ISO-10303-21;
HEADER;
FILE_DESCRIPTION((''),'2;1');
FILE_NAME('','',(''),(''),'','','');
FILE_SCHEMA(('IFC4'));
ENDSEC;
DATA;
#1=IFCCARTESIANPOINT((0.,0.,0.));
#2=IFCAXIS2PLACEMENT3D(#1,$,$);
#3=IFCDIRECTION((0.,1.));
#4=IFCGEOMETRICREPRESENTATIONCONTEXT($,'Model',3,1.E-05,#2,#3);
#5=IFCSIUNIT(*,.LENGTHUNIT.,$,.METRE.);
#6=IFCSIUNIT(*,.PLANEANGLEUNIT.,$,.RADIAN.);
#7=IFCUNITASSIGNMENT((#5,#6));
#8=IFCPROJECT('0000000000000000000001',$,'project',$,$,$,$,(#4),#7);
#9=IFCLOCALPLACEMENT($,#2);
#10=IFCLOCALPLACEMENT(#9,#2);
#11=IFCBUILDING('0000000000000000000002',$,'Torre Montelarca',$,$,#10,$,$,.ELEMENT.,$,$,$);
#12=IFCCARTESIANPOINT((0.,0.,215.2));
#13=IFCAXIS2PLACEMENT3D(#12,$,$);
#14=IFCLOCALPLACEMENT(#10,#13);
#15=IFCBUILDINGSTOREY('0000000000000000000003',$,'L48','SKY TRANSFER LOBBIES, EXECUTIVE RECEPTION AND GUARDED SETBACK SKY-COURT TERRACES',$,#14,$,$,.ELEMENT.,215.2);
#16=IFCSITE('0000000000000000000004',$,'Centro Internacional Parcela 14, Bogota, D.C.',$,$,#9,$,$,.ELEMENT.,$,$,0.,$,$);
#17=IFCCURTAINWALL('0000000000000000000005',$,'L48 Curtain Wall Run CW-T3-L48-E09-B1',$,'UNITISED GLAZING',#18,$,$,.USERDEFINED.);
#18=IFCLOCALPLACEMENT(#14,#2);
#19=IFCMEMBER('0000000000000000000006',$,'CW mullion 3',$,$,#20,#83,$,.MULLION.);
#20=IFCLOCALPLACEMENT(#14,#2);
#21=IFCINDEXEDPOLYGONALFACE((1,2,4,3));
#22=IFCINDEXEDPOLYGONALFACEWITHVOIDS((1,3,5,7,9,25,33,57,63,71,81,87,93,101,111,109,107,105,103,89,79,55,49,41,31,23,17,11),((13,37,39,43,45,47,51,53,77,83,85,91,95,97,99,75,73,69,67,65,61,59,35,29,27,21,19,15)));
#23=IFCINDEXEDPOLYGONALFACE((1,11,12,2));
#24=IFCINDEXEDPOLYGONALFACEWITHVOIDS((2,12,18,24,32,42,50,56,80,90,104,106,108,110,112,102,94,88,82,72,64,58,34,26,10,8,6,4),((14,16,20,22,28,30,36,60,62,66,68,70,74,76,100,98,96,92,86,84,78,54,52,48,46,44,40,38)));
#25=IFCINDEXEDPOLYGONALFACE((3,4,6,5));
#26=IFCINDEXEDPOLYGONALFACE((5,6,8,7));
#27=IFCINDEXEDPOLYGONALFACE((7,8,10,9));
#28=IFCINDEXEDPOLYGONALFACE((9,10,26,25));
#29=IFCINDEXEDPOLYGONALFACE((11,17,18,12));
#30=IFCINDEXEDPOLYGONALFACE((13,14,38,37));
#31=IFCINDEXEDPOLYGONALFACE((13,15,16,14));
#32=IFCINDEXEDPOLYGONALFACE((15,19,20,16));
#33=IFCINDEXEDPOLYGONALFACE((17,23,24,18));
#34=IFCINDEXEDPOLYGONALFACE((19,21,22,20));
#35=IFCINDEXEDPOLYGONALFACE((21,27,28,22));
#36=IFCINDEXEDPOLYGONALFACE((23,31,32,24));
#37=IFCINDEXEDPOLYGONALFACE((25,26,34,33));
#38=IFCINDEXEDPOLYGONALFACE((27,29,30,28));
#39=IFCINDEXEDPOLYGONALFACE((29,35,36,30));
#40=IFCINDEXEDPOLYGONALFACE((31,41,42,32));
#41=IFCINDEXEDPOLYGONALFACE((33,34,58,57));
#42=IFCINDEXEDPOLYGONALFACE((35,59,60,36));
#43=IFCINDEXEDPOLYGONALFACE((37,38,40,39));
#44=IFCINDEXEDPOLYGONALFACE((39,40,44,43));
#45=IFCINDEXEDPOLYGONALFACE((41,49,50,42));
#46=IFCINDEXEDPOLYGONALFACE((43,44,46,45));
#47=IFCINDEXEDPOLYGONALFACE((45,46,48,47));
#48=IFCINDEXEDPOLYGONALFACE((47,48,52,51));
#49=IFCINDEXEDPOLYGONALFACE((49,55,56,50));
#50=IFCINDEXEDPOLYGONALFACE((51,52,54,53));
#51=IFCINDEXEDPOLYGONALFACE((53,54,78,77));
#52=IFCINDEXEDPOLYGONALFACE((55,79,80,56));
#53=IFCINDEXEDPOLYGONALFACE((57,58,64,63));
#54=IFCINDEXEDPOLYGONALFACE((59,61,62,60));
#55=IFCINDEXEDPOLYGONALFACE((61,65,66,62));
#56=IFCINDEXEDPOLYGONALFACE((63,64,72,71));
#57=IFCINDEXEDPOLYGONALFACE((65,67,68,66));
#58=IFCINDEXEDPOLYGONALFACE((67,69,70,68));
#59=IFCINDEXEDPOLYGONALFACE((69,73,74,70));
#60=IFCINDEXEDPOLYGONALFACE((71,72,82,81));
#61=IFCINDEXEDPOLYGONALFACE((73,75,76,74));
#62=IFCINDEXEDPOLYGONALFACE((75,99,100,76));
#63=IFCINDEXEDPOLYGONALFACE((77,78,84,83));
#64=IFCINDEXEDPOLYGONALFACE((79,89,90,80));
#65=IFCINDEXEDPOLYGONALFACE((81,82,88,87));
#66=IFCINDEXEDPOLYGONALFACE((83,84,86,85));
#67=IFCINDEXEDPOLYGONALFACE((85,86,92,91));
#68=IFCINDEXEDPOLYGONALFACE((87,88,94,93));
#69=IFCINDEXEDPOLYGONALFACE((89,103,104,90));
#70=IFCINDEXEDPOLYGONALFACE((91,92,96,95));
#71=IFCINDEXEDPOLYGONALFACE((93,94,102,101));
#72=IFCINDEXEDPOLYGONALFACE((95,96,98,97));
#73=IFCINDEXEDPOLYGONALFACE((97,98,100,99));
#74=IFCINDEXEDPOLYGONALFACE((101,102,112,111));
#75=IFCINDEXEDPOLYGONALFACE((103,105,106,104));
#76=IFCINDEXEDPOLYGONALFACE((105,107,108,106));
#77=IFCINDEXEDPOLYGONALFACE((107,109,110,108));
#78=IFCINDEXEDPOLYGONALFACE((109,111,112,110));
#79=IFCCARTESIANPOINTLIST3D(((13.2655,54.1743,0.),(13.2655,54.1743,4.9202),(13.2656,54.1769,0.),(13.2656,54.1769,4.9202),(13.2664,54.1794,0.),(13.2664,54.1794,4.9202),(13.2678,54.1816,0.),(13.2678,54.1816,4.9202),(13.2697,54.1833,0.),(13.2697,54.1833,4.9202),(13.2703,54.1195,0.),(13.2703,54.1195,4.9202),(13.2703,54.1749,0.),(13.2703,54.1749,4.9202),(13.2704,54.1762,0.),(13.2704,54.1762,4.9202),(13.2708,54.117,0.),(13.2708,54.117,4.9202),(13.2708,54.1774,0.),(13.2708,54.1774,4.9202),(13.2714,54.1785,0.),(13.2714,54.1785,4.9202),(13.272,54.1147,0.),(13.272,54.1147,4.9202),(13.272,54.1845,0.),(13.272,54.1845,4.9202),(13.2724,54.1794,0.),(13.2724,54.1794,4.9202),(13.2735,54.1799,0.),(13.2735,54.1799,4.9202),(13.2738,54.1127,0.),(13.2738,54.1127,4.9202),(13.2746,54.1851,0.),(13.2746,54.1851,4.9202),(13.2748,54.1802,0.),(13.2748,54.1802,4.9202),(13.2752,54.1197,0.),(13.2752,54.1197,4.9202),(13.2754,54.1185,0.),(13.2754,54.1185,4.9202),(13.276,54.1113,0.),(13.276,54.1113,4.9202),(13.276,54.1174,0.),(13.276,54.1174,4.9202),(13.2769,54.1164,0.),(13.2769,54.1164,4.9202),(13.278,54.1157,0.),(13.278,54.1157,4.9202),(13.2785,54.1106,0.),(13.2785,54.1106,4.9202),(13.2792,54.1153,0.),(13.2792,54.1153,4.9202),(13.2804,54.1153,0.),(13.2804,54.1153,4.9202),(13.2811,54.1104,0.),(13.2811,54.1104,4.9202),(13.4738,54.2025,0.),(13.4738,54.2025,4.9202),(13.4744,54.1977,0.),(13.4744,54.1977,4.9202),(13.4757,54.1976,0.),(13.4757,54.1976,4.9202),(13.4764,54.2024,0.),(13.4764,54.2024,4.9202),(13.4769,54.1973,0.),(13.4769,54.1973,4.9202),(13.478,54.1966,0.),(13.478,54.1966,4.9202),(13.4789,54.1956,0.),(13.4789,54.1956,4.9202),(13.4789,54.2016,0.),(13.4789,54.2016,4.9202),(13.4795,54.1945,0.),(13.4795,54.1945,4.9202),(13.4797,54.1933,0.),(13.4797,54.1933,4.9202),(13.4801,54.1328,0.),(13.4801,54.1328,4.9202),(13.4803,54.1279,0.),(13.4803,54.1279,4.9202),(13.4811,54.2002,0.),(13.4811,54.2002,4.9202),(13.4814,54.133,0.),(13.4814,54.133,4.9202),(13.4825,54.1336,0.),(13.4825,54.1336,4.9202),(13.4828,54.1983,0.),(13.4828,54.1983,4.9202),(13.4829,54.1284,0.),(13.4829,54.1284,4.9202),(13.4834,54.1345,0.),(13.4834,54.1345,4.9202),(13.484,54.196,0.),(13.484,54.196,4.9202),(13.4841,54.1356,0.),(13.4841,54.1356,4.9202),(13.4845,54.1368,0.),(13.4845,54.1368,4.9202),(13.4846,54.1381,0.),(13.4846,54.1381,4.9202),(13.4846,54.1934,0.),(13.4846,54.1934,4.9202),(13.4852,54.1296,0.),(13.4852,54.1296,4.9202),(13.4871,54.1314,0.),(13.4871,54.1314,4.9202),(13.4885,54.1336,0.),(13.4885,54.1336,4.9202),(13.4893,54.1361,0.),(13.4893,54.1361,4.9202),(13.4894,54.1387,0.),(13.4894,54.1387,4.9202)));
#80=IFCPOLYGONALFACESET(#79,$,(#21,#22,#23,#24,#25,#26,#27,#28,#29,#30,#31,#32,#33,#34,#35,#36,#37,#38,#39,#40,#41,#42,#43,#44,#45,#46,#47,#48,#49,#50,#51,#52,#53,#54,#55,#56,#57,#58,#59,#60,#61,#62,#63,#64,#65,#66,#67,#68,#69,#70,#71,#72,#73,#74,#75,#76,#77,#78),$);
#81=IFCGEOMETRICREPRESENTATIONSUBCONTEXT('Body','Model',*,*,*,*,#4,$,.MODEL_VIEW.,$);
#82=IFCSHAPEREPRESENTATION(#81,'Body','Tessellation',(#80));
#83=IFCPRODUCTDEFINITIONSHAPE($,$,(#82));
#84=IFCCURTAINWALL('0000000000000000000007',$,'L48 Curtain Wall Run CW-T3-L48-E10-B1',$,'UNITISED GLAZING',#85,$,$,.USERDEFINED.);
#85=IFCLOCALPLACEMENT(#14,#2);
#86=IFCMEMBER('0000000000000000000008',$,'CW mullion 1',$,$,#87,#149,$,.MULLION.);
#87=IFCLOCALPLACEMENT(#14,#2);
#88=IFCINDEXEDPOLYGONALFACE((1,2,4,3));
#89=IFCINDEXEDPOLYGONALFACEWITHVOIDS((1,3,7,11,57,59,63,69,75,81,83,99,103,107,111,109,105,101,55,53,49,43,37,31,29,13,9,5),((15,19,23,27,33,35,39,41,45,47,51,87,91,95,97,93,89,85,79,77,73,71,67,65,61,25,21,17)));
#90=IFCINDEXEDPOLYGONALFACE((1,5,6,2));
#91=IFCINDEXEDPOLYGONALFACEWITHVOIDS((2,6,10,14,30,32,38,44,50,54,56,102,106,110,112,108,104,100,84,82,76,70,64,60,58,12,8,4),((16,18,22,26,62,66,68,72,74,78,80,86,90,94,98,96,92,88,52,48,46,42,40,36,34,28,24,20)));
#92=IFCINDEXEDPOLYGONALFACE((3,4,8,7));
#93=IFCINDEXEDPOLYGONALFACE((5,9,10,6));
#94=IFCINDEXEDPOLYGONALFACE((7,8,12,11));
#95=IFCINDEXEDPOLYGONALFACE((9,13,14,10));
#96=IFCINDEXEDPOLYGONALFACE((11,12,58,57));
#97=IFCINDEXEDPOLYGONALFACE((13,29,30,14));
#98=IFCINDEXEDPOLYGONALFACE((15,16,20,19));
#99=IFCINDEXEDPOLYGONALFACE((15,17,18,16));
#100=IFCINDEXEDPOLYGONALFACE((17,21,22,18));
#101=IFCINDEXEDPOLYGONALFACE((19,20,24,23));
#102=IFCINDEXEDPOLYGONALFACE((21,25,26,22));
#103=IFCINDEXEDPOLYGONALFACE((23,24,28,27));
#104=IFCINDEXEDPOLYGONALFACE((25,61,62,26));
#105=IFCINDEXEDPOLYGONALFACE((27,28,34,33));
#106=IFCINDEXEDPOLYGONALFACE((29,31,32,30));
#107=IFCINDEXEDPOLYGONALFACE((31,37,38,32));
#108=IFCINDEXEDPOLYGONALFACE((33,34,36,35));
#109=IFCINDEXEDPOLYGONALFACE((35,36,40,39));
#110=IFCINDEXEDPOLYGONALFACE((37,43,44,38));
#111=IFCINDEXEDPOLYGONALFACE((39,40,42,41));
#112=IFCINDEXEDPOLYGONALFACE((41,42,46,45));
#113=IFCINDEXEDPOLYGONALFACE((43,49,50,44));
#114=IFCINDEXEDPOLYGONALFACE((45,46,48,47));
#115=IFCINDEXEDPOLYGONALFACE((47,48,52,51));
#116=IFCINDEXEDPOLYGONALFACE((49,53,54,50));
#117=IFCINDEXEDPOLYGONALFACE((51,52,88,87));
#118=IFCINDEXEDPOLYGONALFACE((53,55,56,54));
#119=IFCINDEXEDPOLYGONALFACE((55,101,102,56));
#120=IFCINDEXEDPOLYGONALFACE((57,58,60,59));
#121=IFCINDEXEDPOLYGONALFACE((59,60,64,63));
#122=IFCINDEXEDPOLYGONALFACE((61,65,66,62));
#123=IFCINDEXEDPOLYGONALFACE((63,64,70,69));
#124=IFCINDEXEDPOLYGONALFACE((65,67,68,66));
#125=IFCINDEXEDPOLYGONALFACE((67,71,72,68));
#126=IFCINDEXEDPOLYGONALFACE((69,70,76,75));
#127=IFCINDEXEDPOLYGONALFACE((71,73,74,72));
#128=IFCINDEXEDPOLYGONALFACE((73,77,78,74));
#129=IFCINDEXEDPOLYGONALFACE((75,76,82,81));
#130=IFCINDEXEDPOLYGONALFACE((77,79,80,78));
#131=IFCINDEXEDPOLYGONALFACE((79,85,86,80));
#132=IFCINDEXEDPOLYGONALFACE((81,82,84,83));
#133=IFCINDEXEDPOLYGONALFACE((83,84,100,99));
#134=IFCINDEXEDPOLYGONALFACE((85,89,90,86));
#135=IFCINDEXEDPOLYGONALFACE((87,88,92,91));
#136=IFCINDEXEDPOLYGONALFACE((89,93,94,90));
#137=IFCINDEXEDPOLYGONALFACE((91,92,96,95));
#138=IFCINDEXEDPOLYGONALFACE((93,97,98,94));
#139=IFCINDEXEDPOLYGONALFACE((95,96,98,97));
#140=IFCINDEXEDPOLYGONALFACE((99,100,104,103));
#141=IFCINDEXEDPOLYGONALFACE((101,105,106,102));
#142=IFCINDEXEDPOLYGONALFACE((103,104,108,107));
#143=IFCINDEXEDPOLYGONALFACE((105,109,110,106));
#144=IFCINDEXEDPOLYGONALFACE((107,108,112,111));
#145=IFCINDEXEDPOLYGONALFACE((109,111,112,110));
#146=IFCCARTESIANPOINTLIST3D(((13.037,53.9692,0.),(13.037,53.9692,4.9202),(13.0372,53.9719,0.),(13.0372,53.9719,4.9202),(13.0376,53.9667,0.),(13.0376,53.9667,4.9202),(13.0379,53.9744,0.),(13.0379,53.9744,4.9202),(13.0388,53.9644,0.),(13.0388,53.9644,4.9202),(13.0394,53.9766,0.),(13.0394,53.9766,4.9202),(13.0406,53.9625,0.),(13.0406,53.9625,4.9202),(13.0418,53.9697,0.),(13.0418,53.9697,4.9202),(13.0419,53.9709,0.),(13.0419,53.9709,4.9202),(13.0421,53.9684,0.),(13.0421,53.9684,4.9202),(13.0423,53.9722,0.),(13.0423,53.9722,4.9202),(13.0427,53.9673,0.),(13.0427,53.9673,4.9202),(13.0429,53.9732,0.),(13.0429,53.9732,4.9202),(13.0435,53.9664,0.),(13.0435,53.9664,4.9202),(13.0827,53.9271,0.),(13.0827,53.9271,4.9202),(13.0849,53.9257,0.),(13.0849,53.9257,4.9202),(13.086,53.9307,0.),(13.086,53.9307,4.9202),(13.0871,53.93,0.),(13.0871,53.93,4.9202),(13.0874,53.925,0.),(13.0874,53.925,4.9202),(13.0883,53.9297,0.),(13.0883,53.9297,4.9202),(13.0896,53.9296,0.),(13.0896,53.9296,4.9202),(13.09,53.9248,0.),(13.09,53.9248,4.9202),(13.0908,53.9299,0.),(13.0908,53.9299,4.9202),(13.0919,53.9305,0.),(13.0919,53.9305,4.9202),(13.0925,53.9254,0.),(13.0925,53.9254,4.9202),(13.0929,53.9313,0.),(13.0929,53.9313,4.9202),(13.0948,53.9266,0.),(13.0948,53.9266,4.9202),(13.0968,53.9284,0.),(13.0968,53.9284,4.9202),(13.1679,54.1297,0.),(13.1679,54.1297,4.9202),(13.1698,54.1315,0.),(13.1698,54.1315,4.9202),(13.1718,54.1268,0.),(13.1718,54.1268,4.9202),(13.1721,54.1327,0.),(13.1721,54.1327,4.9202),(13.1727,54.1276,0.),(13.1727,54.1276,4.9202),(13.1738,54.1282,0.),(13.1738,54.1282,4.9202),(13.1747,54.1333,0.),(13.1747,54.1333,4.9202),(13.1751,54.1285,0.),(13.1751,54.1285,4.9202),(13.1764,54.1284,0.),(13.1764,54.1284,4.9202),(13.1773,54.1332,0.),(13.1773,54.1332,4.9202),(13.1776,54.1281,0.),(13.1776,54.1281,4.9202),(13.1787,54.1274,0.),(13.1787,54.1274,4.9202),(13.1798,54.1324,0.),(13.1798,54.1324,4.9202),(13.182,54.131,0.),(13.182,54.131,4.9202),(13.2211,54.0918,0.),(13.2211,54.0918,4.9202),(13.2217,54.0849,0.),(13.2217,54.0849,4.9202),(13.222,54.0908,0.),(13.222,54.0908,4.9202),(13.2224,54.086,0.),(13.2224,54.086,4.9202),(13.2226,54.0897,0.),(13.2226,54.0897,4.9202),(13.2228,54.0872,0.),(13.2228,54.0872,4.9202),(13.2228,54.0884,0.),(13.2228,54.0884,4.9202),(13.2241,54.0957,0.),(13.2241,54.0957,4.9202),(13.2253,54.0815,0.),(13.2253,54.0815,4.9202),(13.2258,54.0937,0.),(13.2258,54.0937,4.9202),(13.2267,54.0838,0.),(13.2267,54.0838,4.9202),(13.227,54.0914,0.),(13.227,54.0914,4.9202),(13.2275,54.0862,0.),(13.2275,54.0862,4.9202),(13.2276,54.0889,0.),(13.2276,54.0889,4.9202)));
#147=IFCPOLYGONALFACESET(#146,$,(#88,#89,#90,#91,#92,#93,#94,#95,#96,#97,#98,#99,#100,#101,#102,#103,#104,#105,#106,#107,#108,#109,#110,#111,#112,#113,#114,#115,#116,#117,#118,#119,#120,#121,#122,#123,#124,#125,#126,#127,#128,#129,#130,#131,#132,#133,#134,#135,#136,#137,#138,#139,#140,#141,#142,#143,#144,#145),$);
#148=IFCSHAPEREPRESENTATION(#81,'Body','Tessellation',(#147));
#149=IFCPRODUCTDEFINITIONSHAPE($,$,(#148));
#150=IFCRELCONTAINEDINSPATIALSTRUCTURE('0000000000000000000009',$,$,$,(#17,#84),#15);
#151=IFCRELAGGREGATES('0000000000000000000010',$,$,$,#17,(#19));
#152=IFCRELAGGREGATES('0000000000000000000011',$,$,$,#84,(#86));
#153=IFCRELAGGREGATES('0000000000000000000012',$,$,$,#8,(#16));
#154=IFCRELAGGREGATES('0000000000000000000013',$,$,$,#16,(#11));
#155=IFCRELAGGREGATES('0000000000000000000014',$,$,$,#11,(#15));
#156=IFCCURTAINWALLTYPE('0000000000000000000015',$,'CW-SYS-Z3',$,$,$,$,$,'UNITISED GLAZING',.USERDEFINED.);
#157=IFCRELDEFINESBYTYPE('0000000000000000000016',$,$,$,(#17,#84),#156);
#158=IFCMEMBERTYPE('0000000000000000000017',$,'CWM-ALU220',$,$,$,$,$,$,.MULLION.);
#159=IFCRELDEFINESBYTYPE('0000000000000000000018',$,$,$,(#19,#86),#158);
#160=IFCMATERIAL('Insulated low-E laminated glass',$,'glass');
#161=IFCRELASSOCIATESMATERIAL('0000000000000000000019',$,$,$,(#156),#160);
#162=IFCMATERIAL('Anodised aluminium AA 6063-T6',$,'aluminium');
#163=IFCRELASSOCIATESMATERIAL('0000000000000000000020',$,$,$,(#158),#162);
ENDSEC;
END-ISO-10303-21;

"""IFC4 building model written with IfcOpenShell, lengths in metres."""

from ifc_helpers import new_model, si_unit, direction, frame, origin, origin_2d, place, context, subcontext, project, spatial, hollow_rectangle, extrude, source, transform, mapped, material, material_profile, profile_set, type_object, element, aggregate, save


model = new_model("IFC4")

# Units and contexts
model_context = context("Model", 3, precision=1e-05, world=origin(), true_north=direction((0.0, 1.0)))
body_context = subcontext(model_context, "Body", "Model", "MODEL_VIEW")
ifc_project = project(units=[si_unit("LENGTHUNIT", "METRE"), si_unit("PLANEANGLEUNIT", "RADIAN")], contexts=[model_context])

# Site, building, storey
site_placement = place(None, origin())
site = spatial("IfcSite", under=ifc_project, at=site_placement, Name="Centro Internacional Parcela 14, Bogota, D.C.", CompositionType="ELEMENT", RefElevation=0.0)
building_placement = place(site_placement, origin())
building = spatial("IfcBuilding", under=site, at=building_placement, Name="Torre Montelarca", CompositionType="ELEMENT")
storey_placement = place(building_placement, frame((0.0, 0.0, 215.2)))
storey = spatial("IfcBuildingStorey", under=building, at=storey_placement, Name="L48", Description="SKY TRANSFER LOBBIES, EXECUTIVE RECEPTION AND GUARDED SETBACK SKY-COURT TERRACES", CompositionType="ELEMENT", Elevation=215.2)

# Curtain walls, members
ifc_material_1 = material(Name="Insulated low-E laminated glass", Category="glass")
curtain_wall_type = type_object("IfcCurtainWallType", Name="CW-SYS-Z3", ElementType="UNITISED GLAZING", PredefinedType="USERDEFINED", material=ifc_material_1)
curtain_wall_1_placement = place(storey_placement, origin())
curtain_wall_1 = element("IfcCurtainWall", 1, at=curtain_wall_1_placement, inside=storey, type_object=curtain_wall_type, Name="L48 Curtain Wall Run CW-T3-L48-E09-B1", ObjectType="UNITISED GLAZING", PredefinedType="USERDEFINED")
ifc_material_2 = material(Name="Anodised aluminium AA 6063-T6", Category="aluminium")
ifc_material_profile_1 = material_profile(ifc_material_2, hollow_rectangle(XDim=0.075, YDim=0.22, WallThickness=0.0049, InnerFilletRadius=0.0049, OuterFilletRadius=0.01, at=origin_2d()), Name="ALU75X220X5", Category="aluminium")
ifc_profile_set_1 = profile_set([ifc_material_profile_1], Name="Anodised aluminium AA 6063-T6")
member_type_1 = type_object("IfcMemberType", Name="CWM-ALU220", PredefinedType="MULLION", material=ifc_profile_set_1)
shared_shape_1 = source(origin(), body_context, "Body", "SweptSolid", [
    extrude(hollow_rectangle(XDim=0.075, YDim=0.22, WallThickness=0.0049, InnerFilletRadius=0.0049, OuterFilletRadius=0.01, at=origin_2d()), origin(), (0.0, 0.0, 1.0), 4.9202),
])
member_1_placement = place(storey_placement, frame((13.3774, 54.1565, 0.0), z_axis=(0.0, 0.0, 1.0), x_axis=(0.087183, -0.996192, 0.0)))
member_1 = element("IfcMember", 2, at=member_1_placement, type_object=member_type_1, Name="CW mullion 3", PredefinedType="MULLION", context=body_context, shape_type="MappedRepresentation", body=[
    mapped(shared_shape_1, transform((0.0, 0.0, 0.0), scale=1.0)),
])
curtain_wall_2_placement = place(storey_placement, origin())
curtain_wall_2 = element("IfcCurtainWall", 3, at=curtain_wall_2_placement, inside=storey, type_object=curtain_wall_type, Name="L48 Curtain Wall Run CW-T3-L48-E10-B1", ObjectType="UNITISED GLAZING", PredefinedType="USERDEFINED")
member_2_placement = place(storey_placement, frame((13.1323, 54.0291, 0.0), z_axis=(0.0, 0.0, 1.0), x_axis=(0.766044, -0.642788, 0.0)))
member_2 = element("IfcMember", 4, at=member_2_placement, type_object=member_type_1, Name="CW mullion 1", PredefinedType="MULLION", context=body_context, shape_type="MappedRepresentation", body=[
    mapped(shared_shape_1, transform((0.0, 0.0, 0.0), scale=1.0)),
])

aggregate(curtain_wall_1, [member_1])
aggregate(curtain_wall_2, [member_2])

save(model, "model.ifc")
